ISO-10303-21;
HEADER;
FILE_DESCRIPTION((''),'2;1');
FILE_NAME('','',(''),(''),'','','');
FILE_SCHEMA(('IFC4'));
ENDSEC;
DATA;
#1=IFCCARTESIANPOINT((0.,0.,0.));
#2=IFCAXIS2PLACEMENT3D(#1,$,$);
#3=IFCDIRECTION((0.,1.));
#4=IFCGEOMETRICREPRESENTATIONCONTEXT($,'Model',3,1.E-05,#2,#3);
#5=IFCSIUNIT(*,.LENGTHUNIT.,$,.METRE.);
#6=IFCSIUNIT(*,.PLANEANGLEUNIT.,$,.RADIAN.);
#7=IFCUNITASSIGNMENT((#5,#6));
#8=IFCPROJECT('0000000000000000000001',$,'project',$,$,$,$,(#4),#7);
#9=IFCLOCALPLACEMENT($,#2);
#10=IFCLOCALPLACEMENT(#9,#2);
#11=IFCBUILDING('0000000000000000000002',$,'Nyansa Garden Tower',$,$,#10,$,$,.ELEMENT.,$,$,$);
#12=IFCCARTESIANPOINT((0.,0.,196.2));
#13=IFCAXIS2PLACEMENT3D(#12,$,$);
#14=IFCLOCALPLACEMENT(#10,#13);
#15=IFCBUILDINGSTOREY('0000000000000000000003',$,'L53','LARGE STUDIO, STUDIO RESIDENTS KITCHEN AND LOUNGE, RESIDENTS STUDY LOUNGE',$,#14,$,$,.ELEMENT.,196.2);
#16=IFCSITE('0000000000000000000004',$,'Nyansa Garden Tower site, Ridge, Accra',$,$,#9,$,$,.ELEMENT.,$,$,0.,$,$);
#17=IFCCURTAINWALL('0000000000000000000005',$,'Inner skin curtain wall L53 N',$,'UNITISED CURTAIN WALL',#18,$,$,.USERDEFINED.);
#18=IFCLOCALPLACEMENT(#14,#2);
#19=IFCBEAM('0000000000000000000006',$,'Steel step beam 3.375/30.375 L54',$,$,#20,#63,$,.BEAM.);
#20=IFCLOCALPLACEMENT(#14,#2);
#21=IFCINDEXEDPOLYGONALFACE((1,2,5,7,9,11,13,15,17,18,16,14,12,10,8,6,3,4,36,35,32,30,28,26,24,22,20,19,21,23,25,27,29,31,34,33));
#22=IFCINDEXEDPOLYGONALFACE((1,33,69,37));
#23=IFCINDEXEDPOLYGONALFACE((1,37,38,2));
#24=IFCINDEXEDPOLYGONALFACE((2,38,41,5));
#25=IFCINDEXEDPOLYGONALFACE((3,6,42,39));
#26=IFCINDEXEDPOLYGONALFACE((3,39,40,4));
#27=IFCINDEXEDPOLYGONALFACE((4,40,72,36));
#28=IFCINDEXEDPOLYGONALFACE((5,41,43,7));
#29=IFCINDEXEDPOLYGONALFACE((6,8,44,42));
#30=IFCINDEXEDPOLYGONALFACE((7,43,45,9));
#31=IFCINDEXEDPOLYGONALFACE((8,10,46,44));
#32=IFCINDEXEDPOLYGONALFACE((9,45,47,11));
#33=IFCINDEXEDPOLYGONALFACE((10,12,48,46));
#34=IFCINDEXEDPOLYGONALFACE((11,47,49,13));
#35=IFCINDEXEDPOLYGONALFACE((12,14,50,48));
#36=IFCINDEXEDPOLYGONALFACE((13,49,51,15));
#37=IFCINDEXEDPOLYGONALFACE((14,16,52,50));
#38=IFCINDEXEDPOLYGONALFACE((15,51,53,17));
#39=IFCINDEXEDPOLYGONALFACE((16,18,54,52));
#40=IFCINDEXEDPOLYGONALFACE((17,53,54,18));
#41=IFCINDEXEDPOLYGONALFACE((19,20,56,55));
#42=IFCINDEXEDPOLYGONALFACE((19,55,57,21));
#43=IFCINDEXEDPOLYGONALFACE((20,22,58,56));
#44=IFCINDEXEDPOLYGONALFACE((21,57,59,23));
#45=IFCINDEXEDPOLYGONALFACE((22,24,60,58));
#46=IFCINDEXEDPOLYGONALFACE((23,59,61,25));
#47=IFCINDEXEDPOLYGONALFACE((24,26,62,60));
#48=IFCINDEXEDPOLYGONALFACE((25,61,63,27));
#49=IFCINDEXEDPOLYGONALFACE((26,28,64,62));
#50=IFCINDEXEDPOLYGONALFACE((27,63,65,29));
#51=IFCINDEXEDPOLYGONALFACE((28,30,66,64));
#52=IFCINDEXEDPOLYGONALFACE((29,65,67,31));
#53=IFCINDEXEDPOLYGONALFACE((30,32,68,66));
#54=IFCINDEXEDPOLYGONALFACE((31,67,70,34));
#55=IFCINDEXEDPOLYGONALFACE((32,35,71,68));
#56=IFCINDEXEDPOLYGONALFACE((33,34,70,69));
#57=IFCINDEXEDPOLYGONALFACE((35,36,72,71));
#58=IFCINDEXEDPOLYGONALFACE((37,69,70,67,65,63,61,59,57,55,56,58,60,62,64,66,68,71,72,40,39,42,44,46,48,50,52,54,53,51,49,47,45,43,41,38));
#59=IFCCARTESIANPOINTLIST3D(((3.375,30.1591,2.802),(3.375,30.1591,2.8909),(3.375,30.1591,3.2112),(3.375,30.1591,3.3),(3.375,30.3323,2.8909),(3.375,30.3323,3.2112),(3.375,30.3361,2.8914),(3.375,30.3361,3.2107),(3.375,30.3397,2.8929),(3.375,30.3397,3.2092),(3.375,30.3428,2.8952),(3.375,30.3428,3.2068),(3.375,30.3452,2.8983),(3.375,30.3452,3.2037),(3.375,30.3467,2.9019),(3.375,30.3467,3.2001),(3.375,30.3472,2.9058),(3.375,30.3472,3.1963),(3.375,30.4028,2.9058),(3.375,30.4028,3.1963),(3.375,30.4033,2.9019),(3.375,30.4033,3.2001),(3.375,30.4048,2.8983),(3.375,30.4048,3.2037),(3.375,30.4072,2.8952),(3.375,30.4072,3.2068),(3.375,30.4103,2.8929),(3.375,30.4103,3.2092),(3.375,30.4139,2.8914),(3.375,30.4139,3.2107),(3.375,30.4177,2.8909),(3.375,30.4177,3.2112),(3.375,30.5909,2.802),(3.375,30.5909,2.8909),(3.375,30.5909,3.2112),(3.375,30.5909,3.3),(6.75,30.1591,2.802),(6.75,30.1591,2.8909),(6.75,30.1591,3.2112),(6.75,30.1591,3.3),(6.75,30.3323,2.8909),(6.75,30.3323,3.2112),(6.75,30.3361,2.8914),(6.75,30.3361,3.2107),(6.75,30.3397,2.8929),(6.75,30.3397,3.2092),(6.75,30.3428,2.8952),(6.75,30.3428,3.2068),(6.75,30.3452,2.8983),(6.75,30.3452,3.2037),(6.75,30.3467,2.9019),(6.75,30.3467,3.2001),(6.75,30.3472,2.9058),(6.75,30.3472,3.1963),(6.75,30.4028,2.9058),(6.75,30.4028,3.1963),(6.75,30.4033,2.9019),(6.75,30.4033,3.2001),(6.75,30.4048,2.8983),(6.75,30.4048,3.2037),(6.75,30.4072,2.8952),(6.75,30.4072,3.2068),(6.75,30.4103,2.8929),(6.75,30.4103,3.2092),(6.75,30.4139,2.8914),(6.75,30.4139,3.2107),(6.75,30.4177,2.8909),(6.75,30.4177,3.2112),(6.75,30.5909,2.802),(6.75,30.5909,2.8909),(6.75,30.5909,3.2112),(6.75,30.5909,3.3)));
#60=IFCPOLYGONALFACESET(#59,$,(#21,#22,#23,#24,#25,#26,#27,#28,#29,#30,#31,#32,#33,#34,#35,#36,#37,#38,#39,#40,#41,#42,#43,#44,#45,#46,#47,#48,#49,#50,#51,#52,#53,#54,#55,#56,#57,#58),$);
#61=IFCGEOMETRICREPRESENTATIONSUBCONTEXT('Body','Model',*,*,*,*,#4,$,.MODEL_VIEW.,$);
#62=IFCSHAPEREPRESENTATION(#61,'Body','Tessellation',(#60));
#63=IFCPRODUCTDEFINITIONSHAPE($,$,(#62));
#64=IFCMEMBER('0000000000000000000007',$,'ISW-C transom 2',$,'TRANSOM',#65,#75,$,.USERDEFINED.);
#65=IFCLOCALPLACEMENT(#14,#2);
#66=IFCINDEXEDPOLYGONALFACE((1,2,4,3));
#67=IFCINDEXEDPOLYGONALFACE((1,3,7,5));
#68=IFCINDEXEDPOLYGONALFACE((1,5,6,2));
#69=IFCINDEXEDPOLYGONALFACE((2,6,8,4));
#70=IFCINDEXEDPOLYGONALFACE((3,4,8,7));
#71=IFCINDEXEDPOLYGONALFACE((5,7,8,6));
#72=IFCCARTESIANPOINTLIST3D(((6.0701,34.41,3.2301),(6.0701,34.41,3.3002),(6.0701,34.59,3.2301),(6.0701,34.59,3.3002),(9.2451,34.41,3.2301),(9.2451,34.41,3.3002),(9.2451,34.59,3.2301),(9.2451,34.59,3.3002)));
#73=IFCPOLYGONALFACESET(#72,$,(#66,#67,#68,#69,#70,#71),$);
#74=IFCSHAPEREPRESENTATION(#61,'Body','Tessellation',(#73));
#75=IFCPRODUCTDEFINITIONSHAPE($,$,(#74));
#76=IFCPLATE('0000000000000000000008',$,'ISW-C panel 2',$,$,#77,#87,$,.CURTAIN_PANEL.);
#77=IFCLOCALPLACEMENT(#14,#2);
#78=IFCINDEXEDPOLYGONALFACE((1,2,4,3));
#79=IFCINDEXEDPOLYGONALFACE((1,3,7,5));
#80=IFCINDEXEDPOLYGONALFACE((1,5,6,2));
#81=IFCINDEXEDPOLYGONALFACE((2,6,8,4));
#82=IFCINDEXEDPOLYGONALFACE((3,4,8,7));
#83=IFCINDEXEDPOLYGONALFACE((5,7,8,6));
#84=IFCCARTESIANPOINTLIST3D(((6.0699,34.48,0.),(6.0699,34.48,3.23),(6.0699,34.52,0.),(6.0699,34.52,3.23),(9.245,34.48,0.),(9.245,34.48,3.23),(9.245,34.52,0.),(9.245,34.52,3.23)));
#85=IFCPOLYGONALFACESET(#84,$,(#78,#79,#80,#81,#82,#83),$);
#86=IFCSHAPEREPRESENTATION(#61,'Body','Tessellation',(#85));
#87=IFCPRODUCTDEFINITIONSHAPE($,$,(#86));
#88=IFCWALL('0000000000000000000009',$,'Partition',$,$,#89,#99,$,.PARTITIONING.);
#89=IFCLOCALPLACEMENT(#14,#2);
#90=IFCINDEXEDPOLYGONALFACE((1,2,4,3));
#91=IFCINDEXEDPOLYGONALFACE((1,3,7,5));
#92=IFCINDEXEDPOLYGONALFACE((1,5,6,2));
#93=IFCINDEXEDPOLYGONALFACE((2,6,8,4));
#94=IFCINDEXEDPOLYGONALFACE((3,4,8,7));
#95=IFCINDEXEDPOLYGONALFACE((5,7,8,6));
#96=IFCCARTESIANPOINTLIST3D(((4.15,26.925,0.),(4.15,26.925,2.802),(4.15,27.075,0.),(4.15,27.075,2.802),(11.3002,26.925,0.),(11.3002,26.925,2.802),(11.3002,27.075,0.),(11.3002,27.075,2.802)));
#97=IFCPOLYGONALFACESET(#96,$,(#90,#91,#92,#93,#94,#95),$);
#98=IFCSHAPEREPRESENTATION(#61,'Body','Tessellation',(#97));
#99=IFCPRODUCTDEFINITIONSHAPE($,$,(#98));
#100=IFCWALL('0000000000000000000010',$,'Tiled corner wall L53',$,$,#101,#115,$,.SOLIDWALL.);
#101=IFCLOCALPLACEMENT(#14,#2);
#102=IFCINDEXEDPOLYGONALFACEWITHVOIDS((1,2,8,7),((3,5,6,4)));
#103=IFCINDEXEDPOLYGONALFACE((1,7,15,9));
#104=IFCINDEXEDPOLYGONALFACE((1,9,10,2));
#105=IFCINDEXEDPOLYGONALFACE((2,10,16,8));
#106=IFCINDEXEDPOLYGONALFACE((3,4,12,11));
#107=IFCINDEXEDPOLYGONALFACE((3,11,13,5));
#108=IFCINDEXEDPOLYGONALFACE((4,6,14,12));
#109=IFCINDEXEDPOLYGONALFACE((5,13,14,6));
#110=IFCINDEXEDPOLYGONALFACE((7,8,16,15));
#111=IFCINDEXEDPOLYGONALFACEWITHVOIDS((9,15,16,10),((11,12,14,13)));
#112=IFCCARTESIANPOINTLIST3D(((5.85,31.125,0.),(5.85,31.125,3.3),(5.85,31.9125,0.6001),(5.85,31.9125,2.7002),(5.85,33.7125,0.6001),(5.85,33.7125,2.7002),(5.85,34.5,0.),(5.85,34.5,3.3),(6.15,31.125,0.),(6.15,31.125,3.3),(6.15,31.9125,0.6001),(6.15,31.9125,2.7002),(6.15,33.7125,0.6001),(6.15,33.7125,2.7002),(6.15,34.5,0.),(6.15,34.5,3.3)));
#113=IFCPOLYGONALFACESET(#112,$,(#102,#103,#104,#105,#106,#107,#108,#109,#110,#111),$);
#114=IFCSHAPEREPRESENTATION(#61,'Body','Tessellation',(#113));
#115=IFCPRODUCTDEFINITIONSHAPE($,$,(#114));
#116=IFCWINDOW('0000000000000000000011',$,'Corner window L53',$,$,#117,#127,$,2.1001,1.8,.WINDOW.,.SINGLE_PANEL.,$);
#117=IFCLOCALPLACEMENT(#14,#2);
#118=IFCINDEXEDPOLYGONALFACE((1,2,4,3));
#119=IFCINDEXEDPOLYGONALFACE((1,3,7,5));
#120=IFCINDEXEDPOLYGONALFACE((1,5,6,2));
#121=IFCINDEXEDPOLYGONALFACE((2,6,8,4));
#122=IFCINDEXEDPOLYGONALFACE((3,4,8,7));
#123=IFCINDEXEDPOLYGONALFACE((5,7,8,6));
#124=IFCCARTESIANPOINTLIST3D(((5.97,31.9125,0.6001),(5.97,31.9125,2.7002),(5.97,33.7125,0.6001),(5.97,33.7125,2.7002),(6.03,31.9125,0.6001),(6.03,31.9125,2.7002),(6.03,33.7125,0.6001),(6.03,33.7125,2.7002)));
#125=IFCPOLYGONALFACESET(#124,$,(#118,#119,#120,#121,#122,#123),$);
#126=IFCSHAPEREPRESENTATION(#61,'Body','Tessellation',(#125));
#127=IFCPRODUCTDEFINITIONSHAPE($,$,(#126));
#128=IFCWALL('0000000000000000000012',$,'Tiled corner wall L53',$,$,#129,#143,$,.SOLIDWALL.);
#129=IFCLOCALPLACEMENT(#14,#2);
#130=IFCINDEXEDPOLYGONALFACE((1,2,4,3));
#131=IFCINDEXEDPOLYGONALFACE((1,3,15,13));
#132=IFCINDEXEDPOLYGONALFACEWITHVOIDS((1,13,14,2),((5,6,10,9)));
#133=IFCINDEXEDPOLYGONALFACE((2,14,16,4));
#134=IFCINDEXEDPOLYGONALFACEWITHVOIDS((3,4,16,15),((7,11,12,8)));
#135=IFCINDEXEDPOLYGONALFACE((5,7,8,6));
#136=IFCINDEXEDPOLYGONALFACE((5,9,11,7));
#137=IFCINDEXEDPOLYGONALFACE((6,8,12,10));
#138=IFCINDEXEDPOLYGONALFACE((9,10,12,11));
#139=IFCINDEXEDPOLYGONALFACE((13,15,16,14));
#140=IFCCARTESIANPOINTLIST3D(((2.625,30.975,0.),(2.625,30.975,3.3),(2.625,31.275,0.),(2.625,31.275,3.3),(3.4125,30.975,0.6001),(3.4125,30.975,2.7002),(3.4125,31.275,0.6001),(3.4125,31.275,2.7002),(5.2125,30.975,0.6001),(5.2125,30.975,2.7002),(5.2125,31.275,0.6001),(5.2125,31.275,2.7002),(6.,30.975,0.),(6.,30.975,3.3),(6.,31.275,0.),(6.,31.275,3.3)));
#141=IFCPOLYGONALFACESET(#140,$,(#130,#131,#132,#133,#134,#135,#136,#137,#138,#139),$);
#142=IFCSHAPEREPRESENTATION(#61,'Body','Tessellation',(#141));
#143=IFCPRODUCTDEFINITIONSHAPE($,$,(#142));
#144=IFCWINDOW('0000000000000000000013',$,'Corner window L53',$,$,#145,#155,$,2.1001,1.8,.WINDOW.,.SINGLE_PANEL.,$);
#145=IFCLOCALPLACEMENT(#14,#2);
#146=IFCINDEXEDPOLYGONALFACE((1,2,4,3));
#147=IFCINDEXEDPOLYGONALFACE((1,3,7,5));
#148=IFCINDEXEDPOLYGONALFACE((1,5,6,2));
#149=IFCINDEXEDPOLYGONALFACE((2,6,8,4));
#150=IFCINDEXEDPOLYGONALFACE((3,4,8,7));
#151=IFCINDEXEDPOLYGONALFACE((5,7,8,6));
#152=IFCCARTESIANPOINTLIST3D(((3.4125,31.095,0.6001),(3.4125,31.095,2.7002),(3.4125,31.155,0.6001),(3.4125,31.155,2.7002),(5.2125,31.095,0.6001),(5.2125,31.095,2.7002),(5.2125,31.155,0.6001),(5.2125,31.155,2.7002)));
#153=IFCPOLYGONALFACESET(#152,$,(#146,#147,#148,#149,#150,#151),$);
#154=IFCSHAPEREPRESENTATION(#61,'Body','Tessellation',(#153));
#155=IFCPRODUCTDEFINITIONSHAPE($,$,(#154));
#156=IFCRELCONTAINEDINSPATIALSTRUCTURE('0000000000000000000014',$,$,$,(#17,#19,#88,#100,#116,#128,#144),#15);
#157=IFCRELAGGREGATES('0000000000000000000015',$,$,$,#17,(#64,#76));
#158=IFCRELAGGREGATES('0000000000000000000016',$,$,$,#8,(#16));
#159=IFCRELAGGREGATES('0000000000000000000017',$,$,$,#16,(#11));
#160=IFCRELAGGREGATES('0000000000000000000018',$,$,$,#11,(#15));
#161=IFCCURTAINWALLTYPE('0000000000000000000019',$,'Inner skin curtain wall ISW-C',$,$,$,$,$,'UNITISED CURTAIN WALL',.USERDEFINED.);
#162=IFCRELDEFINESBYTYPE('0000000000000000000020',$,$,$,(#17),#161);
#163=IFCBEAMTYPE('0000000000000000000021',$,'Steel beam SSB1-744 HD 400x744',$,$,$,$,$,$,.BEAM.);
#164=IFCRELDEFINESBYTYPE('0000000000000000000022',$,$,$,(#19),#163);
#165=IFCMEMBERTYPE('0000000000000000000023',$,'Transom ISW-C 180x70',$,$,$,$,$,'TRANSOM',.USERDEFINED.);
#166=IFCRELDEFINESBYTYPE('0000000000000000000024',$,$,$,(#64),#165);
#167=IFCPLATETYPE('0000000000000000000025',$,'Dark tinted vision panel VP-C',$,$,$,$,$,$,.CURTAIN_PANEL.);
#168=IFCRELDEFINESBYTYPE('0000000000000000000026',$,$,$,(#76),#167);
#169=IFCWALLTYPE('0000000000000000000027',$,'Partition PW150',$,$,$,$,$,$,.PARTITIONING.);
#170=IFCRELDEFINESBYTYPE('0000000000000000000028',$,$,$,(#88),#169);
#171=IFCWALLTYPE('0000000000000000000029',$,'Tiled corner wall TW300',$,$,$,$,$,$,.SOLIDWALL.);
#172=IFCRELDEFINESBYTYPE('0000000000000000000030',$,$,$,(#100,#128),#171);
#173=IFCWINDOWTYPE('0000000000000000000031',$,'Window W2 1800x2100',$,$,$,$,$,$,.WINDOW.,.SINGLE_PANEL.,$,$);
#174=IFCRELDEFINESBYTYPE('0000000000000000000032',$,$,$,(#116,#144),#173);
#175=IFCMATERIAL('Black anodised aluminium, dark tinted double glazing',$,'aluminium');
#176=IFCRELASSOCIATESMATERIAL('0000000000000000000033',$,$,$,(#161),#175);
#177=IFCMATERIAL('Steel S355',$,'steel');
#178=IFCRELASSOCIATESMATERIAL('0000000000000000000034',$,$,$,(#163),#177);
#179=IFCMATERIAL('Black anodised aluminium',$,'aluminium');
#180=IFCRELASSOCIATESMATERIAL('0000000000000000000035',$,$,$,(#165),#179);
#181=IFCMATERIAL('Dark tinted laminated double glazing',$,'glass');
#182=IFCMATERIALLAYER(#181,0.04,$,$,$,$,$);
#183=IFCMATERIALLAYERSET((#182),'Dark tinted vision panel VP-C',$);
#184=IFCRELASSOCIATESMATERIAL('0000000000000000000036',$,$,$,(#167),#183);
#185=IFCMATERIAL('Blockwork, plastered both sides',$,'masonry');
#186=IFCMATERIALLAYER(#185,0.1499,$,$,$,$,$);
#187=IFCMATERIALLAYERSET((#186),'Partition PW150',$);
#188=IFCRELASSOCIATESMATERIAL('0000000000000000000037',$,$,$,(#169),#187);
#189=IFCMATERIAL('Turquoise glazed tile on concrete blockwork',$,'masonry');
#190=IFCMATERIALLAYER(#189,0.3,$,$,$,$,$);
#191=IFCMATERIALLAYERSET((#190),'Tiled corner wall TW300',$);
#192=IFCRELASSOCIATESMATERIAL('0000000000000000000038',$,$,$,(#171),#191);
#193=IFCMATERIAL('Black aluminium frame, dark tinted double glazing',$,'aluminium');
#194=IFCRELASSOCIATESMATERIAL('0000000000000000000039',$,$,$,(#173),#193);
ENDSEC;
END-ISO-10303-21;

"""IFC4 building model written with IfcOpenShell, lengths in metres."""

from ifc_helpers import new_model, si_unit, direction, frame, frame_2d, origin, origin_2d, place, context, subcontext, project, spatial, rectangle, i_section, extrude, material, layer, layer_set, material_profile, profile_set, type_object, element, fill, aggregate, save


model = new_model("IFC4")

# Units and contexts
model_context = context("Model", 3, precision=1e-05, world=origin(), true_north=direction((0.0, 1.0)))
body_context = subcontext(model_context, "Body", "Model", "MODEL_VIEW")
ifc_project = project(units=[si_unit("LENGTHUNIT", "METRE"), si_unit("PLANEANGLEUNIT", "RADIAN")], contexts=[model_context])

# Site, building, storey
site_placement = place(None, origin())
site = spatial("IfcSite", under=ifc_project, at=site_placement, Name="Nyansa Garden Tower site, Ridge, Accra", CompositionType="ELEMENT", RefElevation=0.0)
building_placement = place(site_placement, origin())
building = spatial("IfcBuilding", under=site, at=building_placement, Name="Nyansa Garden Tower", CompositionType="ELEMENT")
storey_placement = place(building_placement, frame((0.0, 0.0, 196.2)))
storey = spatial("IfcBuildingStorey", under=building, at=storey_placement, Name="L53", Description="LARGE STUDIO, STUDIO RESIDENTS KITCHEN AND LOUNGE, RESIDENTS STUDY LOUNGE", CompositionType="ELEMENT", Elevation=196.2)

# Curtain wall
ifc_material_1 = material(Name="Black anodised aluminium, dark tinted double glazing", Category="aluminium")
curtain_wall_type = type_object("IfcCurtainWallType", Name="Inner skin curtain wall ISW-C", ElementType="UNITISED CURTAIN WALL", PredefinedType="USERDEFINED", material=ifc_material_1)
curtain_wall_placement = place(storey_placement, origin())
curtain_wall = element("IfcCurtainWall", 1, at=curtain_wall_placement, inside=storey, type_object=curtain_wall_type, Name="Inner skin curtain wall L53 N", ObjectType="UNITISED CURTAIN WALL", PredefinedType="USERDEFINED")

# Beam
ifc_material_2 = material(Name="Steel S355", Category="steel")
ifc_material_profile_1 = material_profile(ifc_material_2, i_section(OverallWidth=0.4319, OverallDepth=0.498, WebThickness=0.0557, FlangeThickness=0.0889, FilletRadius=0.0149, at=origin_2d()), Name="HD 400x744")
ifc_profile_set_1 = profile_set([ifc_material_profile_1], Name="Steel S355")
beam_type_1 = type_object("IfcBeamType", Name="Steel beam SSB1-744 HD 400x744", PredefinedType="BEAM", material=ifc_profile_set_1)
for number, where, z_axis, x_axis, name in (
    (2, (3.375, 30.375, 3.051), (1.0, 0.0, 0.0), (0.0, 1.0, 0.0), "Steel step beam 3.375/30.375 L54"),
):
    element("IfcBeam", number, at=place(storey_placement, frame(where, z_axis=z_axis, x_axis=x_axis)), inside=storey, type_object=beam_type_1, Name=name, PredefinedType="BEAM", context=body_context, shape_type="SweptSolid", body=[
        extrude(i_section(OverallWidth=0.4319, OverallDepth=0.498, WebThickness=0.0557, FlangeThickness=0.0889, FilletRadius=0.0149, at=origin_2d()), origin(), (0.0, 0.0, 1.0), 3.375),
    ])

# Member
ifc_material_3 = material(Name="Black anodised aluminium", Category="aluminium")
ifc_material_profile_2 = material_profile(ifc_material_3, rectangle(XDim=0.1799, YDim=0.0701, at=origin_2d()), Name="Transom 180x70")
ifc_profile_set_2 = profile_set([ifc_material_profile_2], Name="Black anodised aluminium")
member_type_1 = type_object("IfcMemberType", Name="Transom ISW-C 180x70", ElementType="TRANSOM", PredefinedType="USERDEFINED", material=ifc_profile_set_2)
member_1_placement = place(storey_placement, frame((9.2451, 34.5, 3.2651), z_axis=(-1.0, 0.0, 0.0), x_axis=(0.0, -1.0, 0.0)))
member_1 = element("IfcMember", 3, at=member_1_placement, type_object=member_type_1, Name="ISW-C transom 2", ObjectType="TRANSOM", PredefinedType="USERDEFINED", context=body_context, shape_type="SweptSolid", body=[
    extrude(rectangle(XDim=0.1799, YDim=0.0701, at=origin_2d()), origin(), (0.0, 0.0, 1.0), 3.175),
])

# Plate
ifc_material_4 = material(Name="Dark tinted laminated double glazing", Category="glass")
ifc_layer_1 = layer(ifc_material_4, 0.04)
ifc_layer_set_1 = layer_set([ifc_layer_1], Name="Dark tinted vision panel VP-C")
plate_type = type_object("IfcPlateType", Name="Dark tinted vision panel VP-C", PredefinedType="CURTAIN_PANEL", material=ifc_layer_set_1)
plate_placement = place(storey_placement, frame((7.6575, 34.5, 0.0), z_axis=(0.0, 0.0, 1.0), x_axis=(-1.0, 0.0, 0.0)))
plate = element("IfcPlate", 4, at=plate_placement, type_object=plate_type, Name="ISW-C panel 2", PredefinedType="CURTAIN_PANEL", context=body_context, shape_type="SweptSolid", body=[
    extrude(rectangle(XDim=3.175, YDim=0.04, at=origin_2d()), origin(), (0.0, 0.0, 1.0), 3.23),
])
aggregate(curtain_wall, [member_1, plate])

# Wall
ifc_material_5 = material(Name="Blockwork, plastered both sides", Category="masonry")
ifc_layer_2 = layer(ifc_material_5, 0.1499)
ifc_layer_set_2 = layer_set([ifc_layer_2], Name="Partition PW150")
wall_type_1 = type_object("IfcWallType", Name="Partition PW150", PredefinedType="PARTITIONING", material=ifc_layer_set_2)
wall_1_placement = place(storey_placement, frame((4.1499, 27.0, 0.0), z_axis=(0.0, 0.0, 1.0), x_axis=(1.0, 0.0, 0.0)))
element("IfcWall", 5, at=wall_1_placement, inside=storey, type_object=wall_type_1, Name="Partition", PredefinedType="PARTITIONING", context=body_context, shape_type="SweptSolid", body=[
    extrude(rectangle(XDim=7.1501, YDim=0.1499, at=frame_2d((3.5752, 0.0))), origin(), (0.0, 0.0, 1.0), 2.802),
])

# Walls, openings, windows
ifc_material_6 = material(Name="Turquoise glazed tile on concrete blockwork", Category="masonry")
ifc_layer_3 = layer(ifc_material_6, 0.3)
ifc_layer_set_3 = layer_set([ifc_layer_3], Name="Tiled corner wall TW300")
wall_type_2 = type_object("IfcWallType", Name="Tiled corner wall TW300", PredefinedType="SOLIDWALL", material=ifc_layer_set_3)
wall_2_placement = place(storey_placement, frame((6.0, 34.5, 0.0), z_axis=(0.0, 0.0, 1.0), x_axis=(0.0, -1.0, 0.0)))
wall_2 = element("IfcWall", 6, at=wall_2_placement, inside=storey, type_object=wall_type_2, Name="Tiled corner wall L53", PredefinedType="SOLIDWALL", context=body_context, shape_type="SweptSolid", body=[
    extrude(rectangle(XDim=3.375, YDim=0.3, at=frame_2d((1.6875, 0.0))), origin(), (0.0, 0.0, 1.0), 3.3),
])
opening_1_placement = place(wall_2_placement, frame((0.7876, 0.0, 0.6001)))
opening_1 = element("IfcOpeningElement", 7, at=opening_1_placement, cuts=wall_2, PredefinedType="OPENING", context=body_context, shape_type="SweptSolid", body=[
    extrude(rectangle(XDim=1.8, YDim=2.1001, at=frame_2d((0.8999, 1.05))), frame((0.0, 0.1599, 0.0), z_axis=(0.0, -1.0, 0.0), x_axis=(1.0, 0.0, 0.0)), (0.0, 0.0, 1.0), 0.3201),
])
ifc_material_7 = material(Name="Black aluminium frame, dark tinted double glazing", Category="aluminium")
window_type_1 = type_object("IfcWindowType", Name="Window W2 1800x2100", PartitioningType="SINGLE_PANEL", PredefinedType="WINDOW", material=ifc_material_7)
window_1_placement = place(opening_1_placement, origin())
window_1 = element("IfcWindow", 8, at=window_1_placement, inside=storey, type_object=window_type_1, Name="Corner window L53", OverallHeight=2.1001, OverallWidth=1.8, PartitioningType="SINGLE_PANEL", PredefinedType="WINDOW", context=body_context, shape_type="SweptSolid", body=[
    extrude(rectangle(XDim=1.8, YDim=2.1001, at=frame_2d((0.8999, 1.05))), frame((0.0, 0.03, 0.0), z_axis=(0.0, -1.0, 0.0), x_axis=(1.0, 0.0, 0.0)), (0.0, 0.0, 1.0), 0.0601),
])
fill(opening_1, window_1)
wall_3_placement = place(storey_placement, frame((6.0, 31.125, 0.0), z_axis=(0.0, 0.0, 1.0), x_axis=(-1.0, 0.0, 0.0)))
wall_3 = element("IfcWall", 9, at=wall_3_placement, inside=storey, type_object=wall_type_2, Name="Tiled corner wall L53", PredefinedType="SOLIDWALL", context=body_context, shape_type="SweptSolid", body=[
    extrude(rectangle(XDim=3.375, YDim=0.3, at=frame_2d((1.6875, 0.0))), origin(), (0.0, 0.0, 1.0), 3.3),
])
opening_2_placement = place(wall_3_placement, frame((0.7876, 0.0, 0.6001)))
opening_2 = element("IfcOpeningElement", 10, at=opening_2_placement, cuts=wall_3, PredefinedType="OPENING", context=body_context, shape_type="SweptSolid", body=[
    extrude(rectangle(XDim=1.8, YDim=2.1001, at=frame_2d((0.8999, 1.05))), frame((0.0, 0.1599, 0.0), z_axis=(0.0, -1.0, 0.0), x_axis=(1.0, 0.0, 0.0)), (0.0, 0.0, 1.0), 0.3201),
])
window_2_placement = place(opening_2_placement, origin())
window_2 = element("IfcWindow", 11, at=window_2_placement, inside=storey, type_object=window_type_1, Name="Corner window L53", OverallHeight=2.1001, OverallWidth=1.8, PartitioningType="SINGLE_PANEL", PredefinedType="WINDOW", context=body_context, shape_type="SweptSolid", body=[
    extrude(rectangle(XDim=1.8, YDim=2.1001, at=frame_2d((0.8999, 1.05))), frame((0.0, 0.03, 0.0), z_axis=(0.0, -1.0, 0.0), x_axis=(1.0, 0.0, 0.0)), (0.0, 0.0, 1.0), 0.0601),
])
fill(opening_2, window_2)

save(model, "model.ifc")
